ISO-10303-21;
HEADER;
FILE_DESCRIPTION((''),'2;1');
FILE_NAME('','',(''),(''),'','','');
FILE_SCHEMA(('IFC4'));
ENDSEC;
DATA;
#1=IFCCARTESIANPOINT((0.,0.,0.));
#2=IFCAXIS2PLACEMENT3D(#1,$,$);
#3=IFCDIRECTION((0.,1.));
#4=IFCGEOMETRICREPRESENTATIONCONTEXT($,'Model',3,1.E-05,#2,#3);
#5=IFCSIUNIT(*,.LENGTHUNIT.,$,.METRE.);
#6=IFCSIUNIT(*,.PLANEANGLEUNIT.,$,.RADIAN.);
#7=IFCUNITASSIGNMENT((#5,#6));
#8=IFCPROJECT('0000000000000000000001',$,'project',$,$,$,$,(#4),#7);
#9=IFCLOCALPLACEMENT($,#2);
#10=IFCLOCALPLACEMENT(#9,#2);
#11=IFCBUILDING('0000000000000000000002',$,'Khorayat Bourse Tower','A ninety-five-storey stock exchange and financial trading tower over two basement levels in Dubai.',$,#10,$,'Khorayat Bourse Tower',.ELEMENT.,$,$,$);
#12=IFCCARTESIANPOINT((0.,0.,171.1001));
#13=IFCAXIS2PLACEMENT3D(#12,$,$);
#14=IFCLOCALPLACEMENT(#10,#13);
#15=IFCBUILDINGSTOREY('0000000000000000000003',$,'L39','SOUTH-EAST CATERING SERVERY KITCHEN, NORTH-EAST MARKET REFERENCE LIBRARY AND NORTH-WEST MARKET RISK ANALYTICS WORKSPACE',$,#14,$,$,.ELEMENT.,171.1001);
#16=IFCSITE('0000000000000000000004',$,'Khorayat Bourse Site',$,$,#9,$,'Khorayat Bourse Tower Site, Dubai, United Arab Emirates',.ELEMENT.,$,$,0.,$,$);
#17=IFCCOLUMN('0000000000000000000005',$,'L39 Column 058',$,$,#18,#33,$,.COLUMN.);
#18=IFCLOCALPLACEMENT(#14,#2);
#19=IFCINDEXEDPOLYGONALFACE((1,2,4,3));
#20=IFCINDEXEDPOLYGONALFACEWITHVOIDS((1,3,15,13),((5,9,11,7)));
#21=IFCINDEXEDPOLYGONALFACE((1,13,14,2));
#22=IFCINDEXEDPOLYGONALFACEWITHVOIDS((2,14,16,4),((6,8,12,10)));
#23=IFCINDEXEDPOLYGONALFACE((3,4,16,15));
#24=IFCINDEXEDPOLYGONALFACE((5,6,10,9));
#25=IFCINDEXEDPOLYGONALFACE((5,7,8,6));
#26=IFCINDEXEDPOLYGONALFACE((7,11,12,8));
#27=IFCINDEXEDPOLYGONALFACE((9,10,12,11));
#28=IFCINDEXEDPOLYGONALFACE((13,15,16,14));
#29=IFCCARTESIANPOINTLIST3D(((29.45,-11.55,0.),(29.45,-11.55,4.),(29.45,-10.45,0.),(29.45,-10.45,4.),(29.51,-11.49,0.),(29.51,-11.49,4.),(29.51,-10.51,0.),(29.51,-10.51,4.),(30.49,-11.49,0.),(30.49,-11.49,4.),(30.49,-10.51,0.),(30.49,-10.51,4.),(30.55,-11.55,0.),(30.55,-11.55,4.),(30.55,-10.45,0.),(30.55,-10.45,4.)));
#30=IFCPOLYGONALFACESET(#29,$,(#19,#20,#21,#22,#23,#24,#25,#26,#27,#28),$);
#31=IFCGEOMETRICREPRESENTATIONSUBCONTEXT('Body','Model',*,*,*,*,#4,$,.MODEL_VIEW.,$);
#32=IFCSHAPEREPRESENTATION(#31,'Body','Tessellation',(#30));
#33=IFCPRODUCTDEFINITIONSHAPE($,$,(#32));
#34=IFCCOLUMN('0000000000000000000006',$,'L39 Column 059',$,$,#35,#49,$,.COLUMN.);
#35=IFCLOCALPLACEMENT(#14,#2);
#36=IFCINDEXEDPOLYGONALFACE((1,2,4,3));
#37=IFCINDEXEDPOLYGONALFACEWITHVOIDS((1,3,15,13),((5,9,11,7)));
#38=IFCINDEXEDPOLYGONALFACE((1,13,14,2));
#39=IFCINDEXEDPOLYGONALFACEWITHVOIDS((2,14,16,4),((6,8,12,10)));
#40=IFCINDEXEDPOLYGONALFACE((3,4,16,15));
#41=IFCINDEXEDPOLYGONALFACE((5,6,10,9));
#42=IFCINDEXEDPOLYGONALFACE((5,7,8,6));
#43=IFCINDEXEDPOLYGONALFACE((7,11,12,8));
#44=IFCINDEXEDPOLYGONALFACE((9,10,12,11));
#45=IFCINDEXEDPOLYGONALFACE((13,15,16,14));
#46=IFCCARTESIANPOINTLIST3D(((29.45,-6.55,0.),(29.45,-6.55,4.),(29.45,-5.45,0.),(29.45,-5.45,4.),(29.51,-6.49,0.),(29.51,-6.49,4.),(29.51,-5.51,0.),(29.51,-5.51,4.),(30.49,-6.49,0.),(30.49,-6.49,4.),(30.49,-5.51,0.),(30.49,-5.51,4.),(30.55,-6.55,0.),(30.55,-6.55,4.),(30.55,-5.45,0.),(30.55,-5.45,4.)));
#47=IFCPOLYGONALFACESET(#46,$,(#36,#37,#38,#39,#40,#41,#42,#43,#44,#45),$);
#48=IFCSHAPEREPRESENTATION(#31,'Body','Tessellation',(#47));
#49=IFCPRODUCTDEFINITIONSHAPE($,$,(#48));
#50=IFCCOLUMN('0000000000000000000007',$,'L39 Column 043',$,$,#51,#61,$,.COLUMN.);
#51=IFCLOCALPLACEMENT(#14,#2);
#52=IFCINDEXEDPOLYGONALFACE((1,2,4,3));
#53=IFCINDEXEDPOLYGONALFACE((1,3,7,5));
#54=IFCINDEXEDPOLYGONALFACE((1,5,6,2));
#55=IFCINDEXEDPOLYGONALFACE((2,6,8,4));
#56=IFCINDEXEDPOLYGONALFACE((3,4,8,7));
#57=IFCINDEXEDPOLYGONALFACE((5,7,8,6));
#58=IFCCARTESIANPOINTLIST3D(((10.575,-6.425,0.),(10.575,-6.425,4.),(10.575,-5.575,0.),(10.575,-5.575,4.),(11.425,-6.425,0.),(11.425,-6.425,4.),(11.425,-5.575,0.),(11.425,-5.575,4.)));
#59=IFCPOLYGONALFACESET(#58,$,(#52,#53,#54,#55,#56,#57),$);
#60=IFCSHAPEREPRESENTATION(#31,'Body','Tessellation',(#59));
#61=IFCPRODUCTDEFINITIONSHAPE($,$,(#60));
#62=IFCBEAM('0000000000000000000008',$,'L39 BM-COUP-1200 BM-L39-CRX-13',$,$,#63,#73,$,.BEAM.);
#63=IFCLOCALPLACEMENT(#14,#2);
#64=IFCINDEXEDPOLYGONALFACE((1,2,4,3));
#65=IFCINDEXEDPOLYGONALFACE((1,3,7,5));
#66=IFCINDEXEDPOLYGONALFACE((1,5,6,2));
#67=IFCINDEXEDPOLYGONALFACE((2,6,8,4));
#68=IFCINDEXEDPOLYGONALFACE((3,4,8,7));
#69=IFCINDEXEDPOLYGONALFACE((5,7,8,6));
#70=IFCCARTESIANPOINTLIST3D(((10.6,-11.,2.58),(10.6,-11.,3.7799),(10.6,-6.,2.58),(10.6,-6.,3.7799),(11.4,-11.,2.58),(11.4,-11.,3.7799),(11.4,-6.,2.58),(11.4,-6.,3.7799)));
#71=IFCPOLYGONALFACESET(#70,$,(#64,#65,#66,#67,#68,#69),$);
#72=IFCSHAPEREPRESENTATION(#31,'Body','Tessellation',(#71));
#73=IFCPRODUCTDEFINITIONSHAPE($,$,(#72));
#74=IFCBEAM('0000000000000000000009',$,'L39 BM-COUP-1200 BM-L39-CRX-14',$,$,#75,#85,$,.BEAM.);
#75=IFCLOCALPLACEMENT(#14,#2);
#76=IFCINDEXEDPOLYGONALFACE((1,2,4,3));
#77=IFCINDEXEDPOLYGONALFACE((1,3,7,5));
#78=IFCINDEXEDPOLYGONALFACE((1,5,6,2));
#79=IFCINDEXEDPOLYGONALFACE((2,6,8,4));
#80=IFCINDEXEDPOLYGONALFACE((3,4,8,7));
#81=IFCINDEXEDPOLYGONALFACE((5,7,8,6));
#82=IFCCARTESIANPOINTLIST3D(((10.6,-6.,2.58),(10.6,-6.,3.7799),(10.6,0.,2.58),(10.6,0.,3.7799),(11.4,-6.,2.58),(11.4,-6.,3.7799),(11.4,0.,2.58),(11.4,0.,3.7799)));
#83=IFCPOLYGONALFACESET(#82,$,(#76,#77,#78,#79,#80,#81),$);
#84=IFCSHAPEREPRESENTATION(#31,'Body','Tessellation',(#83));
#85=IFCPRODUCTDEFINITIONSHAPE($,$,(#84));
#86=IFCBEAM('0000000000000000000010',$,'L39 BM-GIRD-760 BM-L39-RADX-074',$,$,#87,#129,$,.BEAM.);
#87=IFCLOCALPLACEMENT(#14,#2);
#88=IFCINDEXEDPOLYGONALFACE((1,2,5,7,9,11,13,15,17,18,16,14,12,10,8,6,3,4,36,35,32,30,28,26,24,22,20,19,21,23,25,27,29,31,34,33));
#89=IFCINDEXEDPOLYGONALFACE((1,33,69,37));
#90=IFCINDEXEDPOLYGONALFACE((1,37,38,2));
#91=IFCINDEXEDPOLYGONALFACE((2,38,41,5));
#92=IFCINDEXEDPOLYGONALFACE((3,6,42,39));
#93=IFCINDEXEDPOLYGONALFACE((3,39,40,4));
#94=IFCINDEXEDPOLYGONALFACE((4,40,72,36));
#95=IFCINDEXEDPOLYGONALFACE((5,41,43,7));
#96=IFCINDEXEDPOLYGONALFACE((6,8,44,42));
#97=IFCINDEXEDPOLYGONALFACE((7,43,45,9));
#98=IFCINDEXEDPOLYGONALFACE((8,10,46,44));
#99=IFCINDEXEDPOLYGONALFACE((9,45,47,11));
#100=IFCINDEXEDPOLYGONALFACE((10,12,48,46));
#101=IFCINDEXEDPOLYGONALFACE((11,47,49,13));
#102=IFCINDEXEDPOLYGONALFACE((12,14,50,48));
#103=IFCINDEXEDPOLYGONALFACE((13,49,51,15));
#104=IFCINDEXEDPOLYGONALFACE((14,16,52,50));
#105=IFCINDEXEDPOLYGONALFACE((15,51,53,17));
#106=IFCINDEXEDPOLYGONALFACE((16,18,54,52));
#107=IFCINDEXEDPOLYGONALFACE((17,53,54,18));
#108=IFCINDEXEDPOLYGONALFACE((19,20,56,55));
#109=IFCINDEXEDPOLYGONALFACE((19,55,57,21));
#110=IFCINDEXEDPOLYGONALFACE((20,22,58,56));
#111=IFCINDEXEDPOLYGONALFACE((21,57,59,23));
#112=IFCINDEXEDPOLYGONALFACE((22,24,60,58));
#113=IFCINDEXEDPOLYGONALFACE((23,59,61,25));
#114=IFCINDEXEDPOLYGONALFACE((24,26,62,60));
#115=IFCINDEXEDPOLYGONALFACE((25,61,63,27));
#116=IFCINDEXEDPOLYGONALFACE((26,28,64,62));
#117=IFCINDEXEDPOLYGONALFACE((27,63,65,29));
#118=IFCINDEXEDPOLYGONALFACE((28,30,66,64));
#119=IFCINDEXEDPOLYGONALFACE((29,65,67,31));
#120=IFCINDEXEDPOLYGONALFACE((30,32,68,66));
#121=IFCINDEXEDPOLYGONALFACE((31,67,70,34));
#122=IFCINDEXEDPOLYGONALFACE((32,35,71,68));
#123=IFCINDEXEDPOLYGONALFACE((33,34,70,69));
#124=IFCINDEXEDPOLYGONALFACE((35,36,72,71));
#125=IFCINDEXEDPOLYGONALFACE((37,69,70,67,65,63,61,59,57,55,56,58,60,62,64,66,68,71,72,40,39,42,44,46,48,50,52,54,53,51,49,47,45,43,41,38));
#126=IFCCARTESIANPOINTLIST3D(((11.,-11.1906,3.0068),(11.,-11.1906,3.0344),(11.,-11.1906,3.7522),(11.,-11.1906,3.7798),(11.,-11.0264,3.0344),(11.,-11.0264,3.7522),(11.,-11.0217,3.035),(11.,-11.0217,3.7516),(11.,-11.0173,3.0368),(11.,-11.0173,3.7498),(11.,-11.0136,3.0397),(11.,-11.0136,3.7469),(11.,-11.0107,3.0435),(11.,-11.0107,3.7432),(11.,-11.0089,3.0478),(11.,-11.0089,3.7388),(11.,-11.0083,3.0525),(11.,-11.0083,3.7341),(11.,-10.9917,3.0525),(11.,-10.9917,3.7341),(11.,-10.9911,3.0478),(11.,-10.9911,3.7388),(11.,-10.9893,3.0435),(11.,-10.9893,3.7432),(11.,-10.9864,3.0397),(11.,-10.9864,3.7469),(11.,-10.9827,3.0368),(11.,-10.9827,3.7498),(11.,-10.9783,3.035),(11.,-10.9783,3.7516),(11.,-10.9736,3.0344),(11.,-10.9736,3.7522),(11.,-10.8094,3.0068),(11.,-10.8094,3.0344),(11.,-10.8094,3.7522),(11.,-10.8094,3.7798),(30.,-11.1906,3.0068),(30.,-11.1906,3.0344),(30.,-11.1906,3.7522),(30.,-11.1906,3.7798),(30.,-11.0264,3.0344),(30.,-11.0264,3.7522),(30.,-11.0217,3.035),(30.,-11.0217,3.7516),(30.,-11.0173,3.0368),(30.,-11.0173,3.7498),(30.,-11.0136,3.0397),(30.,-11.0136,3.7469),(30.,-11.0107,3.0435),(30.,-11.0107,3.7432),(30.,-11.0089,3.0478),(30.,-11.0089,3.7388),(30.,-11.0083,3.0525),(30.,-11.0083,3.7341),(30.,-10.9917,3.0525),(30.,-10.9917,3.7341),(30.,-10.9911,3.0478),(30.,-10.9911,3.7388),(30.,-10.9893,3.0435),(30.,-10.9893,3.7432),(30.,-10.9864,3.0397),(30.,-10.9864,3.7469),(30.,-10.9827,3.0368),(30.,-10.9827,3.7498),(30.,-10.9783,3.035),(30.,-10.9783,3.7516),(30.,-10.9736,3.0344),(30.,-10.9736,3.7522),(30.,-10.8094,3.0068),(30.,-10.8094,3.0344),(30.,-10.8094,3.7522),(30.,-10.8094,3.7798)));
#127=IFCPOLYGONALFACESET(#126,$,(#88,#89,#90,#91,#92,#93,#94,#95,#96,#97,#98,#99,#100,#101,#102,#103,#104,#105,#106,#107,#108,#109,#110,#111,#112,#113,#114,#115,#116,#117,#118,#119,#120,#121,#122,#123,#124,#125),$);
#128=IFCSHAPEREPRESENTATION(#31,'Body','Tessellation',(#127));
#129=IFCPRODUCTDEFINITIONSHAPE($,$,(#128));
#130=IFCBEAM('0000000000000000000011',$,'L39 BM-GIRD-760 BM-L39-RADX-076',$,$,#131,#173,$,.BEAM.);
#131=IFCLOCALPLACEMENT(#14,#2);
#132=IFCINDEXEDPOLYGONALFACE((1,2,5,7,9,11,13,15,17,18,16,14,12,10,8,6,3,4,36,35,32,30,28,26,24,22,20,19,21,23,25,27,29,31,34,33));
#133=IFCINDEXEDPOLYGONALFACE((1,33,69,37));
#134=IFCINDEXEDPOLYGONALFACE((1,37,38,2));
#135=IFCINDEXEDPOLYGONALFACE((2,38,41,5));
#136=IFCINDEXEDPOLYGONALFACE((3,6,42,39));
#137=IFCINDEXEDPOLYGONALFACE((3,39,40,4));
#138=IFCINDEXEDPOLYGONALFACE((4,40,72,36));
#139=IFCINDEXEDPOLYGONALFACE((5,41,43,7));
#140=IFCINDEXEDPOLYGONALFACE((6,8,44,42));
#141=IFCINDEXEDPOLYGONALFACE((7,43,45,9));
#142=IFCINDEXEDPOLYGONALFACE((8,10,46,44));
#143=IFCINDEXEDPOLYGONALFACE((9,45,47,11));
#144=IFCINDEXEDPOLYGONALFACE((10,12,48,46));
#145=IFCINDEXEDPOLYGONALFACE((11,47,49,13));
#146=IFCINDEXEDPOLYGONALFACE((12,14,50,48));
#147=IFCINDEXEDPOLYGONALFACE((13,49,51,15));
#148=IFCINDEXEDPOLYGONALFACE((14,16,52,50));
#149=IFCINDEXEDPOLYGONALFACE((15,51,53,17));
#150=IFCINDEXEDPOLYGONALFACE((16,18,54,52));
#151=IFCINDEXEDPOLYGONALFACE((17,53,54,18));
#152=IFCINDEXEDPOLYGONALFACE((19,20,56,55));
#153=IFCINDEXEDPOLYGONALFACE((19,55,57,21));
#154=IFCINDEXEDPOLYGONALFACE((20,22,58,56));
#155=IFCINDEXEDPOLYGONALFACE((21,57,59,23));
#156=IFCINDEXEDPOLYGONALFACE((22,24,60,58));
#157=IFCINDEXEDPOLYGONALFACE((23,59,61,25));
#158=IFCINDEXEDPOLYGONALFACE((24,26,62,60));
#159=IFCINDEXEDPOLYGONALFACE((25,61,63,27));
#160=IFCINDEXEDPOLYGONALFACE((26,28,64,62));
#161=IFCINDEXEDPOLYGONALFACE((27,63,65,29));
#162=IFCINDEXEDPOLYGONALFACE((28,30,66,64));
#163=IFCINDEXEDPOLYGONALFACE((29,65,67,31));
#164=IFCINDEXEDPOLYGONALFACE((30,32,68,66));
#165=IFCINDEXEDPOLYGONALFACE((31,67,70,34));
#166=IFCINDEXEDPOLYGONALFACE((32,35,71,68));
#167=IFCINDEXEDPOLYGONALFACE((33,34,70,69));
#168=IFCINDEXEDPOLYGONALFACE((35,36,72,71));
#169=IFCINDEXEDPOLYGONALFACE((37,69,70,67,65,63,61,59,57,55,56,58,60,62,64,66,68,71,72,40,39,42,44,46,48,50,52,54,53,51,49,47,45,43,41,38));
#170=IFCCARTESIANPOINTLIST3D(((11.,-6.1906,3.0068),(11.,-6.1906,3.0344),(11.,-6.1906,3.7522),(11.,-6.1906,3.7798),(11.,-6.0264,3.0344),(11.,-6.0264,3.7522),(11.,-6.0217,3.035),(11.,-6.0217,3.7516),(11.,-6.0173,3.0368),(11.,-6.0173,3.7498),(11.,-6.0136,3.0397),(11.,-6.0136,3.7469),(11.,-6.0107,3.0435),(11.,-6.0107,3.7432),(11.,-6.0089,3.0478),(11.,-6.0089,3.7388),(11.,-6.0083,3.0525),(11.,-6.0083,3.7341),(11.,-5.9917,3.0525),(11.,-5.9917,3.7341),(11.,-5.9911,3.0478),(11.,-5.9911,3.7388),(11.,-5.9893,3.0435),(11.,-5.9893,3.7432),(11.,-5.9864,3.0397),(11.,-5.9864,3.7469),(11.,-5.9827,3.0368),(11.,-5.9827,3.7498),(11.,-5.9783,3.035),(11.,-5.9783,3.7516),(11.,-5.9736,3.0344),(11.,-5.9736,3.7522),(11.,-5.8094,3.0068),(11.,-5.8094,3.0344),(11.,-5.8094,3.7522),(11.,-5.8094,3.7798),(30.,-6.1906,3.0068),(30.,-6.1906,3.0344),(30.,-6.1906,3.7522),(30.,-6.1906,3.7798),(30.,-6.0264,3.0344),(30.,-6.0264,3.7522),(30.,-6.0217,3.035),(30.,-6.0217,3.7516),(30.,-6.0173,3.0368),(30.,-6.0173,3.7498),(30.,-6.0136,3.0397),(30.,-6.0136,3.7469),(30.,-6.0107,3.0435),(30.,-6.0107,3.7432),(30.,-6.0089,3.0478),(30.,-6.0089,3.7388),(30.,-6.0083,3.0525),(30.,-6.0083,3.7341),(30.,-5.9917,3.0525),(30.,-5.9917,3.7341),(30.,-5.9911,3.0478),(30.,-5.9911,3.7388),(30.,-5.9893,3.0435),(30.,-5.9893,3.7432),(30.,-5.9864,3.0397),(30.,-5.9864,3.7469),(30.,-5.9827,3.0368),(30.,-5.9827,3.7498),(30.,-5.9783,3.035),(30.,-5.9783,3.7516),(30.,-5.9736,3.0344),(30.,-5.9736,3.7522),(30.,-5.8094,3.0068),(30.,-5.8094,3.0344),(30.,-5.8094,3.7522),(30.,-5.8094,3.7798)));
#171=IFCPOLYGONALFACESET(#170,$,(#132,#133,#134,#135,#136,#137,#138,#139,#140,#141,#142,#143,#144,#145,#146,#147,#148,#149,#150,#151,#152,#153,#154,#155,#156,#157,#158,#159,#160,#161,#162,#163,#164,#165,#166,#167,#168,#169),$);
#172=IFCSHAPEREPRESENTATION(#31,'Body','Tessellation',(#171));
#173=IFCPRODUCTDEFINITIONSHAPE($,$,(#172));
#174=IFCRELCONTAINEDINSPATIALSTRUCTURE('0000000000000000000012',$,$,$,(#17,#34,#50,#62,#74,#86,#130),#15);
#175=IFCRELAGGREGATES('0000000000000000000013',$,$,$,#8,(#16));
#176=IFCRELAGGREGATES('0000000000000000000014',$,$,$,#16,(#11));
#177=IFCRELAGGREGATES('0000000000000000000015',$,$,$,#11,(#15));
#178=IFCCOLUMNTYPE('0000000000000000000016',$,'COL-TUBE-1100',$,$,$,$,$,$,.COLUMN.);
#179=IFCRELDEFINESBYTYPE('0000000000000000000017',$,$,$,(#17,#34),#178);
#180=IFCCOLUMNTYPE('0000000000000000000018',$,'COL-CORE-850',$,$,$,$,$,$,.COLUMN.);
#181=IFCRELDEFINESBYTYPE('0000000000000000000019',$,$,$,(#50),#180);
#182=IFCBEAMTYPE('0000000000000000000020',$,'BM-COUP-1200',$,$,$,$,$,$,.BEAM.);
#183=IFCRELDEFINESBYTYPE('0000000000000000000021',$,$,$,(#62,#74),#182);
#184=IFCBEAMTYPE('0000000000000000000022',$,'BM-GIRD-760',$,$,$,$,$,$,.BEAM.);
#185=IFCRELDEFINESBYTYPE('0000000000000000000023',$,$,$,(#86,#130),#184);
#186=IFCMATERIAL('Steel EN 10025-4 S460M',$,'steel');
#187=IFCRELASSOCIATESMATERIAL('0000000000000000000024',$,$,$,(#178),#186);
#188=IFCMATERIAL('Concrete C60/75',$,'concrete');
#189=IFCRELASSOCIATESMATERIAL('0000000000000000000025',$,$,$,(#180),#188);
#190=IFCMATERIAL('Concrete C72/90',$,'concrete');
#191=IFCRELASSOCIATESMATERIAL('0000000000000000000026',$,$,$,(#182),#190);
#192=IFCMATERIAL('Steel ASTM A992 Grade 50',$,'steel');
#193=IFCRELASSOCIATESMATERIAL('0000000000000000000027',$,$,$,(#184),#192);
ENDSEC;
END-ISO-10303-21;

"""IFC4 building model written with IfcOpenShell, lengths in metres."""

from ifc_helpers import new_model, si_unit, direction, frame, origin, origin_2d, place, context, subcontext, project, spatial, rectangle, hollow_rectangle, i_section, extrude, source, transform, mapped, material, material_profile, profile_set, type_object, element, save


model = new_model("IFC4")

# Units and contexts
model_context = context("Model", 3, precision=1e-05, world=origin(), true_north=direction((0.0, 1.0)))
body_context = subcontext(model_context, "Body", "Model", "MODEL_VIEW")
ifc_project = project(units=[si_unit("LENGTHUNIT", "METRE"), si_unit("PLANEANGLEUNIT", "RADIAN")], contexts=[model_context])

# Site, building, storey
site_placement = place(None, origin())
site = spatial("IfcSite", under=ifc_project, at=site_placement, Name="Khorayat Bourse Site", LongName="Khorayat Bourse Tower Site, Dubai, United Arab Emirates", CompositionType="ELEMENT", RefElevation=0.0)
building_placement = place(site_placement, origin())
building = spatial("IfcBuilding", under=site, at=building_placement, Name="Khorayat Bourse Tower", Description="A ninety-five-storey stock exchange and financial trading tower over two basement levels in Dubai.", LongName="Khorayat Bourse Tower", CompositionType="ELEMENT")
storey_placement = place(building_placement, frame((0.0, 0.0, 171.1001)))
storey = spatial("IfcBuildingStorey", under=building, at=storey_placement, Name="L39", Description="SOUTH-EAST CATERING SERVERY KITCHEN, NORTH-EAST MARKET REFERENCE LIBRARY AND NORTH-WEST MARKET RISK ANALYTICS WORKSPACE", CompositionType="ELEMENT", Elevation=171.1001)

# Columns
ifc_material_1 = material(Name="Steel EN 10025-4 S460M", Category="steel")
ifc_material_profile_1 = material_profile(ifc_material_1, hollow_rectangle(XDim=1.1001, YDim=1.1001, WallThickness=0.0601, at=origin_2d()), Name="BOX 1100x1100x60")
ifc_profile_set_1 = profile_set([ifc_material_profile_1], Name="Steel EN 10025-4 S460M")
column_type_1 = type_object("IfcColumnType", Name="COL-TUBE-1100", PredefinedType="COLUMN", material=ifc_profile_set_1)
shared_shape_1 = source(origin(), body_context, "Body", "SweptSolid", [
    extrude(hollow_rectangle(XDim=1.1001, YDim=1.1001, WallThickness=0.0601, at=origin_2d()), origin(), (0.0, 0.0, 1.0), 4.0),
])
for number, where, z_axis, x_axis, name in (
    (1, (30.0, -11.0, 0.0), (0.0, 0.0, 1.0), (1.0, 0.0, 0.0), "L39 Column 058"),
    (2, (30.0, -6.0, 0.0), (0.0, 0.0, 1.0), (1.0, 0.0, 0.0), "L39 Column 059"),
):
    element("IfcColumn", number, at=place(storey_placement, frame(where, z_axis=z_axis, x_axis=x_axis)), inside=storey, type_object=column_type_1, Name=name, PredefinedType="COLUMN", context=body_context, shape_type="MappedRepresentation", body=[
        mapped(shared_shape_1, transform((0.0, 0.0, 0.0), scale=1.0)),
    ])
ifc_material_2 = material(Name="Concrete C60/75", Category="concrete")
ifc_material_profile_2 = material_profile(ifc_material_2, rectangle(XDim=0.8501, YDim=0.8501, at=origin_2d()), Name="RC 850x850")
ifc_profile_set_2 = profile_set([ifc_material_profile_2], Name="Concrete C60/75")
column_type_2 = type_object("IfcColumnType", Name="COL-CORE-850", PredefinedType="COLUMN", material=ifc_profile_set_2)
shared_shape_2 = source(origin(), body_context, "Body", "SweptSolid", [
    extrude(rectangle(XDim=0.8501, YDim=0.8501, at=origin_2d()), origin(), (0.0, 0.0, 1.0), 4.0),
])
column_placement = place(storey_placement, frame((11.0, -6.0, 0.0), z_axis=(0.0, 0.0, 1.0), x_axis=(1.0, 0.0, 0.0)))
element("IfcColumn", 3, at=column_placement, inside=storey, type_object=column_type_2, Name="L39 Column 043", PredefinedType="COLUMN", context=body_context, shape_type="MappedRepresentation", body=[
    mapped(shared_shape_2, transform((0.0, 0.0, 0.0), scale=1.0)),
])

# Beams
ifc_material_3 = material(Name="Concrete C72/90", Category="concrete")
ifc_material_profile_3 = material_profile(ifc_material_3, rectangle(XDim=0.8, YDim=1.2, at=origin_2d()), Name="RC 800x1200")
ifc_profile_set_3 = profile_set([ifc_material_profile_3], Name="Concrete C72/90")
beam_type_1 = type_object("IfcBeamType", Name="BM-COUP-1200", PredefinedType="BEAM", material=ifc_profile_set_3)
shared_shape_3 = source(origin(), body_context, "Body", "SweptSolid", [
    extrude(rectangle(XDim=0.8, YDim=1.2, at=origin_2d()), origin(), (0.0, 0.0, 1.0), 5.0),
])
beam_1_placement = place(storey_placement, frame((11.0, -11.0, 3.1799), z_axis=(0.0, 1.0, 0.0), x_axis=(-1.0, 0.0, 0.0)))
element("IfcBeam", 4, at=beam_1_placement, inside=storey, type_object=beam_type_1, Name="L39 BM-COUP-1200 BM-L39-CRX-13", PredefinedType="BEAM", context=body_context, shape_type="MappedRepresentation", body=[
    mapped(shared_shape_3, transform((0.0, 0.0, 0.0), scale=1.0)),
])
shared_shape_4 = source(origin(), body_context, "Body", "SweptSolid", [
    extrude(rectangle(XDim=0.8, YDim=1.2, at=origin_2d()), origin(), (0.0, 0.0, 1.0), 6.0),
])
beam_2_placement = place(storey_placement, frame((11.0, -6.0, 3.1799), z_axis=(0.0, 1.0, 0.0), x_axis=(-1.0, 0.0, 0.0)))
element("IfcBeam", 5, at=beam_2_placement, inside=storey, type_object=beam_type_1, Name="L39 BM-COUP-1200 BM-L39-CRX-14", PredefinedType="BEAM", context=body_context, shape_type="MappedRepresentation", body=[
    mapped(shared_shape_4, transform((0.0, 0.0, 0.0), scale=1.0)),
])
ifc_material_4 = material(Name="Steel ASTM A992 Grade 50", Category="steel")
ifc_material_profile_4 = material_profile(ifc_material_4, i_section(OverallWidth=0.3811, OverallDepth=0.7729, WebThickness=0.0166, FlangeThickness=0.0276, FilletRadius=0.0181, at=origin_2d()), Name="W760X257")
ifc_profile_set_4 = profile_set([ifc_material_profile_4], Name="Steel ASTM A992 Grade 50")
beam_type_2 = type_object("IfcBeamType", Name="BM-GIRD-760", PredefinedType="BEAM", material=ifc_profile_set_4)
shared_shape_5 = source(origin(), body_context, "Body", "SweptSolid", [
    extrude(i_section(OverallWidth=0.3811, OverallDepth=0.7729, WebThickness=0.0166, FlangeThickness=0.0276, FilletRadius=0.0181, at=origin_2d()), origin(), (0.0, 0.0, 1.0), 19.0),
])
for number, where, z_axis, x_axis, name in (
    (6, (11.0, -11.0, 3.3933), (1.0, 0.0, 0.0), (0.0, 1.0, 0.0), "L39 BM-GIRD-760 BM-L39-RADX-074"),
    (7, (11.0, -6.0, 3.3933), (1.0, 0.0, 0.0), (0.0, 1.0, 0.0), "L39 BM-GIRD-760 BM-L39-RADX-076"),
):
    element("IfcBeam", number, at=place(storey_placement, frame(where, z_axis=z_axis, x_axis=x_axis)), inside=storey, type_object=beam_type_2, Name=name, PredefinedType="BEAM", context=body_context, shape_type="MappedRepresentation", body=[
        mapped(shared_shape_5, transform((0.0, 0.0, 0.0), scale=1.0)),
    ])

save(model, "model.ifc")
